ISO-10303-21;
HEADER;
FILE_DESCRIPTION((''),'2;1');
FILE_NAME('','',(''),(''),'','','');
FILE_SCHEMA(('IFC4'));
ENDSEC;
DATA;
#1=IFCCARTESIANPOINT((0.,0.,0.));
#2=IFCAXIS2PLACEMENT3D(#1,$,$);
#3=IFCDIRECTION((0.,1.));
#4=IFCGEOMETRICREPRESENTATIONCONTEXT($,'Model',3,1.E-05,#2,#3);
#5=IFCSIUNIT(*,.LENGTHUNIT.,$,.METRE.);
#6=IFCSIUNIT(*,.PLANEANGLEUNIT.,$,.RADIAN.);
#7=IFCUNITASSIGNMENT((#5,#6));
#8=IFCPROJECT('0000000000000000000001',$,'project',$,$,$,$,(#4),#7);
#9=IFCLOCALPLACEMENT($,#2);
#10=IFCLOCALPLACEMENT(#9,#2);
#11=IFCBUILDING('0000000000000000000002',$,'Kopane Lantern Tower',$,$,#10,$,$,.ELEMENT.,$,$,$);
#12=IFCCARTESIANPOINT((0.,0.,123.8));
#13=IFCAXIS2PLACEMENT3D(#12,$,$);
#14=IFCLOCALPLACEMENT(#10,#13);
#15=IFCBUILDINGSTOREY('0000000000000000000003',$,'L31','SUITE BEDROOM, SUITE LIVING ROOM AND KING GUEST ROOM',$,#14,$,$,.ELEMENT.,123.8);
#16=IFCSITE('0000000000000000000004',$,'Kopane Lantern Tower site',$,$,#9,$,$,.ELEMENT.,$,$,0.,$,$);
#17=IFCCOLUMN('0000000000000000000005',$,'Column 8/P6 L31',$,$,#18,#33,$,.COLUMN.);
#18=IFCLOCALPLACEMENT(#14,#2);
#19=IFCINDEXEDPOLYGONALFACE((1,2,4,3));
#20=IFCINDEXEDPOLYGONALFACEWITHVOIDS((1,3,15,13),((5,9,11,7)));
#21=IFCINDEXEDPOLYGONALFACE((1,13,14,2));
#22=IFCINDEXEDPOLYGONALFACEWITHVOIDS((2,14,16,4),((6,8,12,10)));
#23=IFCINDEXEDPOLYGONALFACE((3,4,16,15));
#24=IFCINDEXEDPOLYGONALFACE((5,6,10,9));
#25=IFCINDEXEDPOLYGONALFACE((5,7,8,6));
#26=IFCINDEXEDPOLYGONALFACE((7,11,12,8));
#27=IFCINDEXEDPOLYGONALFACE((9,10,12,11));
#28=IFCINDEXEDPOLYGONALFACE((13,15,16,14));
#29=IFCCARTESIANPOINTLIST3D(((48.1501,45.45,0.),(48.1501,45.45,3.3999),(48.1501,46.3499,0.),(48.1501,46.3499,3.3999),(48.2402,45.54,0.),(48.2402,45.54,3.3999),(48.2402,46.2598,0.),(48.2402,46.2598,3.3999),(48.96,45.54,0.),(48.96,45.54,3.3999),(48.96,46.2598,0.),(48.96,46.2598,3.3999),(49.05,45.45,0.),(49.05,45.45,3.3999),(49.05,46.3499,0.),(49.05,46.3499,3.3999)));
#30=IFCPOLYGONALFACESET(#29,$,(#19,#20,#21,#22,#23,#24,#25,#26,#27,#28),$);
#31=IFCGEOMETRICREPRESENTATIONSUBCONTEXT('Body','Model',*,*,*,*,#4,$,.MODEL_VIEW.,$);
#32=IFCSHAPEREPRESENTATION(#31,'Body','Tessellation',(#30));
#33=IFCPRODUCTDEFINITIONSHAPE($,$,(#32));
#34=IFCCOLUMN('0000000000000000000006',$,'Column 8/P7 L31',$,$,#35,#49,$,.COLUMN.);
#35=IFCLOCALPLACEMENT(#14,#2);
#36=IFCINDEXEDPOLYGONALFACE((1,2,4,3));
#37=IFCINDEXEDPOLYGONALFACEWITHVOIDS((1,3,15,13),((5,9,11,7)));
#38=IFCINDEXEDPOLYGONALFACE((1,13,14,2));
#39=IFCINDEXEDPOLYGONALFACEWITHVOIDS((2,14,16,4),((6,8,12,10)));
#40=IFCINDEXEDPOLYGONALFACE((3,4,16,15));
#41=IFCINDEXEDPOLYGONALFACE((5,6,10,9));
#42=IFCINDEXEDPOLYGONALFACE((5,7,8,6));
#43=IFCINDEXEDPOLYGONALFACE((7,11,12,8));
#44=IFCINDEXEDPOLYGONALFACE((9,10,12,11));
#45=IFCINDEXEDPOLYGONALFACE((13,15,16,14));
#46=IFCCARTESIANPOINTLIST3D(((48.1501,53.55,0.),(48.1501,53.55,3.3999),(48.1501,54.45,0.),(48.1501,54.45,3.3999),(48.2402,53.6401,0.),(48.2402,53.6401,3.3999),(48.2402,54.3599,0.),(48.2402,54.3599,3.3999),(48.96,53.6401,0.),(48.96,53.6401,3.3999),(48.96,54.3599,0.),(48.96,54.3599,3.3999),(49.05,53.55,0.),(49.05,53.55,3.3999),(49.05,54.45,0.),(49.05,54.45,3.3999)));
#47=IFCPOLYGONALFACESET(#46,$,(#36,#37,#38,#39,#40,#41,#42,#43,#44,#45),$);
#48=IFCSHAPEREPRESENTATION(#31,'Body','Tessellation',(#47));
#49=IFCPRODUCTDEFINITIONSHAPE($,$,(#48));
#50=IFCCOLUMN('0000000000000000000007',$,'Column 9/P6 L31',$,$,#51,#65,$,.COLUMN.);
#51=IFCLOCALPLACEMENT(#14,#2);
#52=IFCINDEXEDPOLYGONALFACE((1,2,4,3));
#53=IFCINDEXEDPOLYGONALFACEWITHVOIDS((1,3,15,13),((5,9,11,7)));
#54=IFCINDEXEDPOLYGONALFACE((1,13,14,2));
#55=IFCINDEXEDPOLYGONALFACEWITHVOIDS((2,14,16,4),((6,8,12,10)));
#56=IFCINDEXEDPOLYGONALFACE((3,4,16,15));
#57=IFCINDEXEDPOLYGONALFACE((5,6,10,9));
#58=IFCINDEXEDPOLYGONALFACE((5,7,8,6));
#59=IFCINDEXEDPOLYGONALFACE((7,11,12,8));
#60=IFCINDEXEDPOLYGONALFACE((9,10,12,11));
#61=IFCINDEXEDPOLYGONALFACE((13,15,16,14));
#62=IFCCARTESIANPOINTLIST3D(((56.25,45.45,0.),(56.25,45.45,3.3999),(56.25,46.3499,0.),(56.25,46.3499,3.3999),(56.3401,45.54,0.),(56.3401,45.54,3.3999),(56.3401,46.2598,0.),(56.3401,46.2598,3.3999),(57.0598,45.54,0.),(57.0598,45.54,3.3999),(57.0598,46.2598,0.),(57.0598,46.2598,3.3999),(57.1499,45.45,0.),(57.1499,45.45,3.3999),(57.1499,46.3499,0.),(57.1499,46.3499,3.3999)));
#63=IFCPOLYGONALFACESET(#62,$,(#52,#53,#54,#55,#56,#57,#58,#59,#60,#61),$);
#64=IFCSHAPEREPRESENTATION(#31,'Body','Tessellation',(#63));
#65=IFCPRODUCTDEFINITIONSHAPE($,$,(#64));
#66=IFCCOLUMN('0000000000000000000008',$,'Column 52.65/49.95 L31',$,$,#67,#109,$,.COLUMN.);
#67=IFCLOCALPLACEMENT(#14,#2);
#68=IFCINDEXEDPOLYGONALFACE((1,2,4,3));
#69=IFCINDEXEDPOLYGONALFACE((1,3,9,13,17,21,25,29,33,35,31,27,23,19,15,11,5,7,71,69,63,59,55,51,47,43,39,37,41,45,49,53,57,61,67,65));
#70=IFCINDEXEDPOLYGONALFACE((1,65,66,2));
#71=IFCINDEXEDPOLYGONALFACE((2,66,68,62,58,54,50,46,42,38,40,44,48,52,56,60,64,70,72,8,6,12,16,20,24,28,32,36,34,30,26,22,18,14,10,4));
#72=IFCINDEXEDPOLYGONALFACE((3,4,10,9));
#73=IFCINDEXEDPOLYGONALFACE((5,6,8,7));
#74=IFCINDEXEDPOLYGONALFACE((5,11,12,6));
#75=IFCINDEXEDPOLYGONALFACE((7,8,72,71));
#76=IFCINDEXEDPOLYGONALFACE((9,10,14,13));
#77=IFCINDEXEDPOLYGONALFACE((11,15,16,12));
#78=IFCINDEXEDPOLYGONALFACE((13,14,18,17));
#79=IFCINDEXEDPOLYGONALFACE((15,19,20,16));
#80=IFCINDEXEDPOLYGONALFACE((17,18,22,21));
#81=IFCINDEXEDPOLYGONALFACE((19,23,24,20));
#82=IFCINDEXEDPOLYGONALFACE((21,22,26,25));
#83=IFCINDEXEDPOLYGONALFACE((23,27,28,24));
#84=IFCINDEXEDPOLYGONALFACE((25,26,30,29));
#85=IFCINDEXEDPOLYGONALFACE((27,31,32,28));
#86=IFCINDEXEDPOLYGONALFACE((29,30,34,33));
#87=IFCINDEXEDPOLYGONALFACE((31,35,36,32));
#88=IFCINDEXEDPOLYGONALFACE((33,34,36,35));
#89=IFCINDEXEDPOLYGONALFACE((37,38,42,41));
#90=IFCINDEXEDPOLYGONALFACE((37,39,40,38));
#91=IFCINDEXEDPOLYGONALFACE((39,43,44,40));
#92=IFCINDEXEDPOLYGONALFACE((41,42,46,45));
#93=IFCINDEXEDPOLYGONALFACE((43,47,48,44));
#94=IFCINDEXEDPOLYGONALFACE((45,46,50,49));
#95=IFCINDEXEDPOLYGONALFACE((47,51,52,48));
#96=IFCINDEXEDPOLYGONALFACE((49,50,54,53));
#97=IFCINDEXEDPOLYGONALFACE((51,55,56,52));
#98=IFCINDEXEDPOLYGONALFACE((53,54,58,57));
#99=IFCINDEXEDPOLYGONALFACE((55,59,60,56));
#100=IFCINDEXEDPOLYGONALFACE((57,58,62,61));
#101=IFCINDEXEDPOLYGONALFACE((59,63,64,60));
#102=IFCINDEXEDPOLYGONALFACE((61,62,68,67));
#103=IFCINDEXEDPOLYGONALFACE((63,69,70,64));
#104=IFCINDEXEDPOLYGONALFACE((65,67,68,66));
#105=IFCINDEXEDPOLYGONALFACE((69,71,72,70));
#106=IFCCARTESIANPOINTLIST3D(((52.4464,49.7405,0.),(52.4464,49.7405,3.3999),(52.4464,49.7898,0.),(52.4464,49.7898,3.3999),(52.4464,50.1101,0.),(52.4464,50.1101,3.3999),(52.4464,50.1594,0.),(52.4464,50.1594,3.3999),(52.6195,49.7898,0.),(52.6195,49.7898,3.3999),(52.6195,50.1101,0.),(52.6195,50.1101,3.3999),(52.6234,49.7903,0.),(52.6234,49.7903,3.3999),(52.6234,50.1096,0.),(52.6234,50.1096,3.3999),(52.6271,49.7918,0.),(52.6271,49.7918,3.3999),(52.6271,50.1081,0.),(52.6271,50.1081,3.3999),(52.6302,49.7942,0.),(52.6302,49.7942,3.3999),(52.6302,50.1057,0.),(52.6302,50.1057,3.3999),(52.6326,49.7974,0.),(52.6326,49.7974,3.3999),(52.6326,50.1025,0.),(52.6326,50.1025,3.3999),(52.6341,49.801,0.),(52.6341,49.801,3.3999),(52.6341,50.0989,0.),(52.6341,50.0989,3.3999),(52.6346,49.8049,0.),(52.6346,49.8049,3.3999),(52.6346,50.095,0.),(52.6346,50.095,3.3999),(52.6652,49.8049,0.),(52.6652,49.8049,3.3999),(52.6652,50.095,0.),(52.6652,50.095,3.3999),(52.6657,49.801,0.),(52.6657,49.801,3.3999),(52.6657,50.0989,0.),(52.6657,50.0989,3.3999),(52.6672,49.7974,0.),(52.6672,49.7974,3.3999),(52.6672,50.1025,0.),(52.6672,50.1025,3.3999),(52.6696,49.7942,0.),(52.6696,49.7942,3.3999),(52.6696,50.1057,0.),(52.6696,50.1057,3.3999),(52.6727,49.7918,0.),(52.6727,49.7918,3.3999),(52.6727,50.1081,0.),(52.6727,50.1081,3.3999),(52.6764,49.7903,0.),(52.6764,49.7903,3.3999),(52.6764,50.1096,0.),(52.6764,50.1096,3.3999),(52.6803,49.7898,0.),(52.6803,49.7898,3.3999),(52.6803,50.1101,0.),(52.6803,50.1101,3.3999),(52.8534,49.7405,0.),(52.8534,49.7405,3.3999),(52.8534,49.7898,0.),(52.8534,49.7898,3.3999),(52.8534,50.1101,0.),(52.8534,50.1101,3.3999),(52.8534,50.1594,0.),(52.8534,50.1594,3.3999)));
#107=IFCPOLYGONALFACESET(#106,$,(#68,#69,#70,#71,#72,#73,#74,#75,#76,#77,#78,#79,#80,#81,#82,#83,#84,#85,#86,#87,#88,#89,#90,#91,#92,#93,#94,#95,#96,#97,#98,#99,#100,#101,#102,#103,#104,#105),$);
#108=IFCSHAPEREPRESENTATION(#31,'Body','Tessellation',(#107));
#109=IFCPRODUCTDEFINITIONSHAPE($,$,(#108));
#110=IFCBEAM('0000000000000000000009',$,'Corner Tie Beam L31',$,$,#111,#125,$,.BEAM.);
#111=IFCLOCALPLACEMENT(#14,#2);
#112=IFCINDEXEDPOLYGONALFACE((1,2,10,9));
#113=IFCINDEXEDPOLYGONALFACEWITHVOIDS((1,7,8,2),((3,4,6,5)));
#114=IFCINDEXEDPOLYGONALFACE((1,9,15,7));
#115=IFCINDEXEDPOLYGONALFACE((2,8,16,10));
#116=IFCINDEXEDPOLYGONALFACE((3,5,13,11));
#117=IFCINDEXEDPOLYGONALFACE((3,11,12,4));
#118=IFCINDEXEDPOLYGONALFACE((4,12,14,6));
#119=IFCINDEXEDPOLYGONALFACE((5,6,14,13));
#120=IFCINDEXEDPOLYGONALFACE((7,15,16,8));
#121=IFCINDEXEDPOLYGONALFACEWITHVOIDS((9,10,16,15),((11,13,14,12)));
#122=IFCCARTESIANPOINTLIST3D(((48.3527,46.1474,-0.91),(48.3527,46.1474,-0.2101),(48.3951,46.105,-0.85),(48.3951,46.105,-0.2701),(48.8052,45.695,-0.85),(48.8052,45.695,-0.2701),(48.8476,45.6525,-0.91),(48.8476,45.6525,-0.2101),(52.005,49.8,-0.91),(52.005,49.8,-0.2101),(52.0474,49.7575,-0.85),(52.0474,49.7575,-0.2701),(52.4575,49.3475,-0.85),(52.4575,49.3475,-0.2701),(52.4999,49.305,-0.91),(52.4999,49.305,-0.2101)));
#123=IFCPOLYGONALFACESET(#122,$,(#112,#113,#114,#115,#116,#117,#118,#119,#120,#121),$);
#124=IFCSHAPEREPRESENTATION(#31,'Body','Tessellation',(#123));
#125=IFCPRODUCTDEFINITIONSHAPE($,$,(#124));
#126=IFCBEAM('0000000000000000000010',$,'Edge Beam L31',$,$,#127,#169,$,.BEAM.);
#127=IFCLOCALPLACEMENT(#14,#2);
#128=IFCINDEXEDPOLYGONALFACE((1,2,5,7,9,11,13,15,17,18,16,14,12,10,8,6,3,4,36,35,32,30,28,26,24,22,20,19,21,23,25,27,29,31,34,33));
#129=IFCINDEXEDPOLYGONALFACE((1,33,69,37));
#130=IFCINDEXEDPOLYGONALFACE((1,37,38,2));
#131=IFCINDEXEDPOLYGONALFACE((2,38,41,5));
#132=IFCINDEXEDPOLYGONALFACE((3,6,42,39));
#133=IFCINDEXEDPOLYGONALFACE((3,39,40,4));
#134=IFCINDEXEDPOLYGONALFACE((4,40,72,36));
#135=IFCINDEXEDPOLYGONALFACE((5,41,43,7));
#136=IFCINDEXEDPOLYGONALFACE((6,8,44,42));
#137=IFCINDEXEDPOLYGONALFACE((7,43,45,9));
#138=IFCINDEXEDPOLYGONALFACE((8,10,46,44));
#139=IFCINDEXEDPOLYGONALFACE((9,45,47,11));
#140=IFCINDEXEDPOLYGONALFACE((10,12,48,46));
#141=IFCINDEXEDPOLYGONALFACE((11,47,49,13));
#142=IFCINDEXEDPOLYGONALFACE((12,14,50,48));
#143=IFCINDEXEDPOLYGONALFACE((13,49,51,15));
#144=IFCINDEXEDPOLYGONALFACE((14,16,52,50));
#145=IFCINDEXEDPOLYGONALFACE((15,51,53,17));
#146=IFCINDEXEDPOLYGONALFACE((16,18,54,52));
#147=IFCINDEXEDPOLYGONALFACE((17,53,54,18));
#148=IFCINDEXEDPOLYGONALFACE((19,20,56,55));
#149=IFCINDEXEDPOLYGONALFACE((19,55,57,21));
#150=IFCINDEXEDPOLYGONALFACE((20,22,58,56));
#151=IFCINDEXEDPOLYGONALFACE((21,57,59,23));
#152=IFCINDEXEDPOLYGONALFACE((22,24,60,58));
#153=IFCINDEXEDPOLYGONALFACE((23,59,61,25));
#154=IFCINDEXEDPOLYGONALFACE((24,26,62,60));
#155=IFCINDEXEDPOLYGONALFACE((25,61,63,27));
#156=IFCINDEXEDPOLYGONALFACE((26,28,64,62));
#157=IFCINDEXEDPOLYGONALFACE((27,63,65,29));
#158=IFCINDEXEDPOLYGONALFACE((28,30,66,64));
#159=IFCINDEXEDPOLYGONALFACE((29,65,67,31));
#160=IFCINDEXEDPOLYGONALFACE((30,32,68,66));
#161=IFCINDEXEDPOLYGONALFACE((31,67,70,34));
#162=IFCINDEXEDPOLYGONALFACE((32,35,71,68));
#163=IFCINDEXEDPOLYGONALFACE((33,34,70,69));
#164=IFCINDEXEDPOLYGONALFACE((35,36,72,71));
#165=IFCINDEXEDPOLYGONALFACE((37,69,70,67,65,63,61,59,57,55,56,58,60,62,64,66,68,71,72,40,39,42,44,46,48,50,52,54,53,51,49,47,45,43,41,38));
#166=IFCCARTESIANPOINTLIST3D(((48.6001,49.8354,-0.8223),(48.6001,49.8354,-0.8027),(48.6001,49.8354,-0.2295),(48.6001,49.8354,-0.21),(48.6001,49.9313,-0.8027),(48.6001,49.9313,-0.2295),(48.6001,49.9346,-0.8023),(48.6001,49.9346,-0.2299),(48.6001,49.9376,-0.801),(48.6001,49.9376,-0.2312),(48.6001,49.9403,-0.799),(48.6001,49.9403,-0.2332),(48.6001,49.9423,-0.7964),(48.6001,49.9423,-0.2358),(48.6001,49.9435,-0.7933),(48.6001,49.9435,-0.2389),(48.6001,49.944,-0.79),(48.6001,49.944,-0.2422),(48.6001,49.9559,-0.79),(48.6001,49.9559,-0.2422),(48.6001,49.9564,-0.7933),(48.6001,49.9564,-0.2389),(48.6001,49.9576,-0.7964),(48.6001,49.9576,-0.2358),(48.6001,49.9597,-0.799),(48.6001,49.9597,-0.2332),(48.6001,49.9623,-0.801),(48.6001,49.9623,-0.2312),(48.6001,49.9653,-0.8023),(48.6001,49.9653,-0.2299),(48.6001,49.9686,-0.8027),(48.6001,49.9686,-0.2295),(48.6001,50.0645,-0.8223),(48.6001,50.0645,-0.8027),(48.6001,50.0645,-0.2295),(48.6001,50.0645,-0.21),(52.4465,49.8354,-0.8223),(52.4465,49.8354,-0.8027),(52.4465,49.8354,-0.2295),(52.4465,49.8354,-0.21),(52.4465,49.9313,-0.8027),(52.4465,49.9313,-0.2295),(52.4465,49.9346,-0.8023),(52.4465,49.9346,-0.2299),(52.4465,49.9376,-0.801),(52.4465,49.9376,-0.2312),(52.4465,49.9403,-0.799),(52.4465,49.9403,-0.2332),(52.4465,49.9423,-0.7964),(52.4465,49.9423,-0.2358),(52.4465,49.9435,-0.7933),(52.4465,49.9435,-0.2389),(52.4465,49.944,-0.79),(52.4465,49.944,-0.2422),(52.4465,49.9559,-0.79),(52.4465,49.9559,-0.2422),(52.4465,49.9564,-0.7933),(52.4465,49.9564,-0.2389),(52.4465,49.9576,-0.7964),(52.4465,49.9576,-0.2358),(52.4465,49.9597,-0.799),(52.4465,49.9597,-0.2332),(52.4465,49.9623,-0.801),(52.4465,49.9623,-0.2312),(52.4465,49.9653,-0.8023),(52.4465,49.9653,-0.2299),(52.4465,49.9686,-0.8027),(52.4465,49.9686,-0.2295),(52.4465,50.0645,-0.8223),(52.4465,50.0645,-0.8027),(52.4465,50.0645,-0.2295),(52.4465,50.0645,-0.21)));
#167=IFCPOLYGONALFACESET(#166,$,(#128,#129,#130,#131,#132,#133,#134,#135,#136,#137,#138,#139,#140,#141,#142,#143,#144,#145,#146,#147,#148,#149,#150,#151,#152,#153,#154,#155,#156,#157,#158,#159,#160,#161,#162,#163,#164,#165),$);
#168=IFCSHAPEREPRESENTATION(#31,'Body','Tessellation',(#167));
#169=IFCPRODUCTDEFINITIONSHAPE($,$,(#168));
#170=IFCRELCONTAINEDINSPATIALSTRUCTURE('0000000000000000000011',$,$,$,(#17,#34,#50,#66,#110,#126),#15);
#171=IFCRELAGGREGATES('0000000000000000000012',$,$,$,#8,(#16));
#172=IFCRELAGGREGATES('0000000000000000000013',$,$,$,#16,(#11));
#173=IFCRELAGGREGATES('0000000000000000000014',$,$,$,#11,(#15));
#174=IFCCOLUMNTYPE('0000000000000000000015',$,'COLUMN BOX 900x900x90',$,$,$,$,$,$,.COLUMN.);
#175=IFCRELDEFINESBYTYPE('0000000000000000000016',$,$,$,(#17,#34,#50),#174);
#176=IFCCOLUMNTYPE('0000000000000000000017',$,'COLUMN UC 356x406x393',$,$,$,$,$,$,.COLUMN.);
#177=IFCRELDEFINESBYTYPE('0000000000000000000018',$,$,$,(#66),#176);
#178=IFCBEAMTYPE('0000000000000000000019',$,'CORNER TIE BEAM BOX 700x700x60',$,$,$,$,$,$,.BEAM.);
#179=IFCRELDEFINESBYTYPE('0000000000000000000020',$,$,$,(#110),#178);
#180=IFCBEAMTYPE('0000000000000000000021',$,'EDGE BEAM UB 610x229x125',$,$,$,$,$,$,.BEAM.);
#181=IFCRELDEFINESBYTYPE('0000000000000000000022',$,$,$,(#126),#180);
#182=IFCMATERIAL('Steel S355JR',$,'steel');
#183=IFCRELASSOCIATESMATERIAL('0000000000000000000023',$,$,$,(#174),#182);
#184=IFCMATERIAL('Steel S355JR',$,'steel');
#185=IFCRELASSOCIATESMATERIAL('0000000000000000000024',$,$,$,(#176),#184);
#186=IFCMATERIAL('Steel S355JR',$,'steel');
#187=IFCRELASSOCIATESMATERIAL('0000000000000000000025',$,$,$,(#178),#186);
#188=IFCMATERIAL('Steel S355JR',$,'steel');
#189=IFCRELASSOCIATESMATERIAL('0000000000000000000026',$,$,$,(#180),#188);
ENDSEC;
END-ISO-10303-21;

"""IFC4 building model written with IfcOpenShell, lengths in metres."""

from ifc_helpers import new_model, si_unit, direction, frame, origin, origin_2d, place, context, subcontext, project, spatial, hollow_rectangle, i_section, extrude, material, material_profile, profile_set, type_object, element, save


model = new_model("IFC4")

# Units and contexts
model_context = context("Model", 3, precision=1e-05, world=origin(), true_north=direction((0.0, 1.0)))
body_context = subcontext(model_context, "Body", "Model", "MODEL_VIEW")
ifc_project = project(units=[si_unit("LENGTHUNIT", "METRE"), si_unit("PLANEANGLEUNIT", "RADIAN")], contexts=[model_context])

# Site, building, storey
site_placement = place(None, origin())
site = spatial("IfcSite", under=ifc_project, at=site_placement, Name="Kopane Lantern Tower site", CompositionType="ELEMENT", RefElevation=0.0)
building_placement = place(site_placement, origin())
building = spatial("IfcBuilding", under=site, at=building_placement, Name="Kopane Lantern Tower", CompositionType="ELEMENT")
storey_placement = place(building_placement, frame((0.0, 0.0, 123.8)))
storey = spatial("IfcBuildingStorey", under=building, at=storey_placement, Name="L31", Description="SUITE BEDROOM, SUITE LIVING ROOM AND KING GUEST ROOM", CompositionType="ELEMENT", Elevation=123.8)

# Columns
ifc_material_1 = material(Name="Steel S355JR", Category="steel")
ifc_material_profile_1 = material_profile(ifc_material_1, hollow_rectangle(XDim=0.8999, YDim=0.8999, WallThickness=0.0901, at=origin_2d()), Name="BOX 900x900x90")
ifc_profile_set_1 = profile_set([ifc_material_profile_1], Name="Steel S355JR")
column_type_1 = type_object("IfcColumnType", Name="COLUMN BOX 900x900x90", PredefinedType="COLUMN", material=ifc_profile_set_1)
for number, where, z_axis, x_axis, name in (
    (1, (48.6001, 45.8999, 0.0), (0.0, 0.0, 1.0), (1.0, 0.0, 0.0), "Column 8/P6 L31"),
    (2, (48.6001, 54.0, 0.0), (0.0, 0.0, 1.0), (1.0, 0.0, 0.0), "Column 8/P7 L31"),
    (3, (56.7, 45.8999, 0.0), (0.0, 0.0, 1.0), (1.0, 0.0, 0.0), "Column 9/P6 L31"),
):
    element("IfcColumn", number, at=place(storey_placement, frame(where, z_axis=z_axis, x_axis=x_axis)), inside=storey, type_object=column_type_1, Name=name, PredefinedType="COLUMN", context=body_context, shape_type="SweptSolid", body=[
        extrude(hollow_rectangle(XDim=0.8999, YDim=0.8999, WallThickness=0.0901, at=origin_2d()), origin(), (0.0, 0.0, 1.0), 3.3999),
    ])
ifc_material_2 = material(Name="Steel S355JR", Category="steel")
ifc_material_profile_2 = material_profile(ifc_material_2, i_section(OverallWidth=0.407, OverallDepth=0.4189, WebThickness=0.0305, FlangeThickness=0.0493, FilletRadius=0.0151, at=origin_2d()), Name="UC 356x406x393")
ifc_profile_set_2 = profile_set([ifc_material_profile_2], Name="Steel S355JR")
column_type_2 = type_object("IfcColumnType", Name="COLUMN UC 356x406x393", PredefinedType="COLUMN", material=ifc_profile_set_2)
column_placement = place(storey_placement, frame((52.6499, 49.95, 0.0), z_axis=(0.0, 0.0, 1.0), x_axis=(1.0, 0.0, 0.0)))
element("IfcColumn", 4, at=column_placement, inside=storey, type_object=column_type_2, Name="Column 52.65/49.95 L31", PredefinedType="COLUMN", context=body_context, shape_type="SweptSolid", body=[
    extrude(i_section(OverallWidth=0.407, OverallDepth=0.4189, WebThickness=0.0305, FlangeThickness=0.0493, FilletRadius=0.0151, at=origin_2d()), origin(), (0.0, 0.0, 1.0), 3.3999),
])

# Beams
ifc_material_3 = material(Name="Steel S355JR", Category="steel")
ifc_material_profile_3 = material_profile(ifc_material_3, hollow_rectangle(XDim=0.7, YDim=0.7, WallThickness=0.0601, at=origin_2d()), Name="BOX 700x700x60")
ifc_profile_set_3 = profile_set([ifc_material_profile_3], Name="Steel S355JR")
beam_type_1 = type_object("IfcBeamType", Name="CORNER TIE BEAM BOX 700x700x60", PredefinedType="BEAM", material=ifc_profile_set_3)
beam_1_placement = place(storey_placement, frame((52.2524, 49.5525, -0.5601), z_axis=(-0.707083, -0.70713, 0.0), x_axis=(0.70713, -0.707083, 0.0)))
element("IfcBeam", 5, at=beam_1_placement, inside=storey, type_object=beam_type_1, Name="Corner Tie Beam L31", PredefinedType="BEAM", context=body_context, shape_type="SweptSolid", body=[
    extrude(hollow_rectangle(XDim=0.7, YDim=0.7, WallThickness=0.0601, at=origin_2d()), origin(), (0.0, 0.0, 1.0), 5.1653),
])
ifc_material_4 = material(Name="Steel S355JR", Category="steel")
ifc_material_profile_4 = material_profile(ifc_material_4, i_section(OverallWidth=0.229, OverallDepth=0.6123, WebThickness=0.012, FlangeThickness=0.0195, FilletRadius=0.0127, at=origin_2d()), Name="UB 610x229x125")
ifc_profile_set_4 = profile_set([ifc_material_profile_4], Name="Steel S355JR")
beam_type_2 = type_object("IfcBeamType", Name="EDGE BEAM UB 610x229x125", PredefinedType="BEAM", material=ifc_profile_set_4)
beam_2_placement = place(storey_placement, frame((52.4465, 49.95, -0.5161), z_axis=(-1.0, 0.0, 0.0), x_axis=(0.0, -1.0, 0.0)))
element("IfcBeam", 6, at=beam_2_placement, inside=storey, type_object=beam_type_2, Name="Edge Beam L31", PredefinedType="BEAM", context=body_context, shape_type="SweptSolid", body=[
    extrude(i_section(OverallWidth=0.229, OverallDepth=0.6123, WebThickness=0.012, FlangeThickness=0.0195, FilletRadius=0.0127, at=origin_2d()), origin(), (0.0, 0.0, 1.0), 3.8464),
])

save(model, "model.ifc")
